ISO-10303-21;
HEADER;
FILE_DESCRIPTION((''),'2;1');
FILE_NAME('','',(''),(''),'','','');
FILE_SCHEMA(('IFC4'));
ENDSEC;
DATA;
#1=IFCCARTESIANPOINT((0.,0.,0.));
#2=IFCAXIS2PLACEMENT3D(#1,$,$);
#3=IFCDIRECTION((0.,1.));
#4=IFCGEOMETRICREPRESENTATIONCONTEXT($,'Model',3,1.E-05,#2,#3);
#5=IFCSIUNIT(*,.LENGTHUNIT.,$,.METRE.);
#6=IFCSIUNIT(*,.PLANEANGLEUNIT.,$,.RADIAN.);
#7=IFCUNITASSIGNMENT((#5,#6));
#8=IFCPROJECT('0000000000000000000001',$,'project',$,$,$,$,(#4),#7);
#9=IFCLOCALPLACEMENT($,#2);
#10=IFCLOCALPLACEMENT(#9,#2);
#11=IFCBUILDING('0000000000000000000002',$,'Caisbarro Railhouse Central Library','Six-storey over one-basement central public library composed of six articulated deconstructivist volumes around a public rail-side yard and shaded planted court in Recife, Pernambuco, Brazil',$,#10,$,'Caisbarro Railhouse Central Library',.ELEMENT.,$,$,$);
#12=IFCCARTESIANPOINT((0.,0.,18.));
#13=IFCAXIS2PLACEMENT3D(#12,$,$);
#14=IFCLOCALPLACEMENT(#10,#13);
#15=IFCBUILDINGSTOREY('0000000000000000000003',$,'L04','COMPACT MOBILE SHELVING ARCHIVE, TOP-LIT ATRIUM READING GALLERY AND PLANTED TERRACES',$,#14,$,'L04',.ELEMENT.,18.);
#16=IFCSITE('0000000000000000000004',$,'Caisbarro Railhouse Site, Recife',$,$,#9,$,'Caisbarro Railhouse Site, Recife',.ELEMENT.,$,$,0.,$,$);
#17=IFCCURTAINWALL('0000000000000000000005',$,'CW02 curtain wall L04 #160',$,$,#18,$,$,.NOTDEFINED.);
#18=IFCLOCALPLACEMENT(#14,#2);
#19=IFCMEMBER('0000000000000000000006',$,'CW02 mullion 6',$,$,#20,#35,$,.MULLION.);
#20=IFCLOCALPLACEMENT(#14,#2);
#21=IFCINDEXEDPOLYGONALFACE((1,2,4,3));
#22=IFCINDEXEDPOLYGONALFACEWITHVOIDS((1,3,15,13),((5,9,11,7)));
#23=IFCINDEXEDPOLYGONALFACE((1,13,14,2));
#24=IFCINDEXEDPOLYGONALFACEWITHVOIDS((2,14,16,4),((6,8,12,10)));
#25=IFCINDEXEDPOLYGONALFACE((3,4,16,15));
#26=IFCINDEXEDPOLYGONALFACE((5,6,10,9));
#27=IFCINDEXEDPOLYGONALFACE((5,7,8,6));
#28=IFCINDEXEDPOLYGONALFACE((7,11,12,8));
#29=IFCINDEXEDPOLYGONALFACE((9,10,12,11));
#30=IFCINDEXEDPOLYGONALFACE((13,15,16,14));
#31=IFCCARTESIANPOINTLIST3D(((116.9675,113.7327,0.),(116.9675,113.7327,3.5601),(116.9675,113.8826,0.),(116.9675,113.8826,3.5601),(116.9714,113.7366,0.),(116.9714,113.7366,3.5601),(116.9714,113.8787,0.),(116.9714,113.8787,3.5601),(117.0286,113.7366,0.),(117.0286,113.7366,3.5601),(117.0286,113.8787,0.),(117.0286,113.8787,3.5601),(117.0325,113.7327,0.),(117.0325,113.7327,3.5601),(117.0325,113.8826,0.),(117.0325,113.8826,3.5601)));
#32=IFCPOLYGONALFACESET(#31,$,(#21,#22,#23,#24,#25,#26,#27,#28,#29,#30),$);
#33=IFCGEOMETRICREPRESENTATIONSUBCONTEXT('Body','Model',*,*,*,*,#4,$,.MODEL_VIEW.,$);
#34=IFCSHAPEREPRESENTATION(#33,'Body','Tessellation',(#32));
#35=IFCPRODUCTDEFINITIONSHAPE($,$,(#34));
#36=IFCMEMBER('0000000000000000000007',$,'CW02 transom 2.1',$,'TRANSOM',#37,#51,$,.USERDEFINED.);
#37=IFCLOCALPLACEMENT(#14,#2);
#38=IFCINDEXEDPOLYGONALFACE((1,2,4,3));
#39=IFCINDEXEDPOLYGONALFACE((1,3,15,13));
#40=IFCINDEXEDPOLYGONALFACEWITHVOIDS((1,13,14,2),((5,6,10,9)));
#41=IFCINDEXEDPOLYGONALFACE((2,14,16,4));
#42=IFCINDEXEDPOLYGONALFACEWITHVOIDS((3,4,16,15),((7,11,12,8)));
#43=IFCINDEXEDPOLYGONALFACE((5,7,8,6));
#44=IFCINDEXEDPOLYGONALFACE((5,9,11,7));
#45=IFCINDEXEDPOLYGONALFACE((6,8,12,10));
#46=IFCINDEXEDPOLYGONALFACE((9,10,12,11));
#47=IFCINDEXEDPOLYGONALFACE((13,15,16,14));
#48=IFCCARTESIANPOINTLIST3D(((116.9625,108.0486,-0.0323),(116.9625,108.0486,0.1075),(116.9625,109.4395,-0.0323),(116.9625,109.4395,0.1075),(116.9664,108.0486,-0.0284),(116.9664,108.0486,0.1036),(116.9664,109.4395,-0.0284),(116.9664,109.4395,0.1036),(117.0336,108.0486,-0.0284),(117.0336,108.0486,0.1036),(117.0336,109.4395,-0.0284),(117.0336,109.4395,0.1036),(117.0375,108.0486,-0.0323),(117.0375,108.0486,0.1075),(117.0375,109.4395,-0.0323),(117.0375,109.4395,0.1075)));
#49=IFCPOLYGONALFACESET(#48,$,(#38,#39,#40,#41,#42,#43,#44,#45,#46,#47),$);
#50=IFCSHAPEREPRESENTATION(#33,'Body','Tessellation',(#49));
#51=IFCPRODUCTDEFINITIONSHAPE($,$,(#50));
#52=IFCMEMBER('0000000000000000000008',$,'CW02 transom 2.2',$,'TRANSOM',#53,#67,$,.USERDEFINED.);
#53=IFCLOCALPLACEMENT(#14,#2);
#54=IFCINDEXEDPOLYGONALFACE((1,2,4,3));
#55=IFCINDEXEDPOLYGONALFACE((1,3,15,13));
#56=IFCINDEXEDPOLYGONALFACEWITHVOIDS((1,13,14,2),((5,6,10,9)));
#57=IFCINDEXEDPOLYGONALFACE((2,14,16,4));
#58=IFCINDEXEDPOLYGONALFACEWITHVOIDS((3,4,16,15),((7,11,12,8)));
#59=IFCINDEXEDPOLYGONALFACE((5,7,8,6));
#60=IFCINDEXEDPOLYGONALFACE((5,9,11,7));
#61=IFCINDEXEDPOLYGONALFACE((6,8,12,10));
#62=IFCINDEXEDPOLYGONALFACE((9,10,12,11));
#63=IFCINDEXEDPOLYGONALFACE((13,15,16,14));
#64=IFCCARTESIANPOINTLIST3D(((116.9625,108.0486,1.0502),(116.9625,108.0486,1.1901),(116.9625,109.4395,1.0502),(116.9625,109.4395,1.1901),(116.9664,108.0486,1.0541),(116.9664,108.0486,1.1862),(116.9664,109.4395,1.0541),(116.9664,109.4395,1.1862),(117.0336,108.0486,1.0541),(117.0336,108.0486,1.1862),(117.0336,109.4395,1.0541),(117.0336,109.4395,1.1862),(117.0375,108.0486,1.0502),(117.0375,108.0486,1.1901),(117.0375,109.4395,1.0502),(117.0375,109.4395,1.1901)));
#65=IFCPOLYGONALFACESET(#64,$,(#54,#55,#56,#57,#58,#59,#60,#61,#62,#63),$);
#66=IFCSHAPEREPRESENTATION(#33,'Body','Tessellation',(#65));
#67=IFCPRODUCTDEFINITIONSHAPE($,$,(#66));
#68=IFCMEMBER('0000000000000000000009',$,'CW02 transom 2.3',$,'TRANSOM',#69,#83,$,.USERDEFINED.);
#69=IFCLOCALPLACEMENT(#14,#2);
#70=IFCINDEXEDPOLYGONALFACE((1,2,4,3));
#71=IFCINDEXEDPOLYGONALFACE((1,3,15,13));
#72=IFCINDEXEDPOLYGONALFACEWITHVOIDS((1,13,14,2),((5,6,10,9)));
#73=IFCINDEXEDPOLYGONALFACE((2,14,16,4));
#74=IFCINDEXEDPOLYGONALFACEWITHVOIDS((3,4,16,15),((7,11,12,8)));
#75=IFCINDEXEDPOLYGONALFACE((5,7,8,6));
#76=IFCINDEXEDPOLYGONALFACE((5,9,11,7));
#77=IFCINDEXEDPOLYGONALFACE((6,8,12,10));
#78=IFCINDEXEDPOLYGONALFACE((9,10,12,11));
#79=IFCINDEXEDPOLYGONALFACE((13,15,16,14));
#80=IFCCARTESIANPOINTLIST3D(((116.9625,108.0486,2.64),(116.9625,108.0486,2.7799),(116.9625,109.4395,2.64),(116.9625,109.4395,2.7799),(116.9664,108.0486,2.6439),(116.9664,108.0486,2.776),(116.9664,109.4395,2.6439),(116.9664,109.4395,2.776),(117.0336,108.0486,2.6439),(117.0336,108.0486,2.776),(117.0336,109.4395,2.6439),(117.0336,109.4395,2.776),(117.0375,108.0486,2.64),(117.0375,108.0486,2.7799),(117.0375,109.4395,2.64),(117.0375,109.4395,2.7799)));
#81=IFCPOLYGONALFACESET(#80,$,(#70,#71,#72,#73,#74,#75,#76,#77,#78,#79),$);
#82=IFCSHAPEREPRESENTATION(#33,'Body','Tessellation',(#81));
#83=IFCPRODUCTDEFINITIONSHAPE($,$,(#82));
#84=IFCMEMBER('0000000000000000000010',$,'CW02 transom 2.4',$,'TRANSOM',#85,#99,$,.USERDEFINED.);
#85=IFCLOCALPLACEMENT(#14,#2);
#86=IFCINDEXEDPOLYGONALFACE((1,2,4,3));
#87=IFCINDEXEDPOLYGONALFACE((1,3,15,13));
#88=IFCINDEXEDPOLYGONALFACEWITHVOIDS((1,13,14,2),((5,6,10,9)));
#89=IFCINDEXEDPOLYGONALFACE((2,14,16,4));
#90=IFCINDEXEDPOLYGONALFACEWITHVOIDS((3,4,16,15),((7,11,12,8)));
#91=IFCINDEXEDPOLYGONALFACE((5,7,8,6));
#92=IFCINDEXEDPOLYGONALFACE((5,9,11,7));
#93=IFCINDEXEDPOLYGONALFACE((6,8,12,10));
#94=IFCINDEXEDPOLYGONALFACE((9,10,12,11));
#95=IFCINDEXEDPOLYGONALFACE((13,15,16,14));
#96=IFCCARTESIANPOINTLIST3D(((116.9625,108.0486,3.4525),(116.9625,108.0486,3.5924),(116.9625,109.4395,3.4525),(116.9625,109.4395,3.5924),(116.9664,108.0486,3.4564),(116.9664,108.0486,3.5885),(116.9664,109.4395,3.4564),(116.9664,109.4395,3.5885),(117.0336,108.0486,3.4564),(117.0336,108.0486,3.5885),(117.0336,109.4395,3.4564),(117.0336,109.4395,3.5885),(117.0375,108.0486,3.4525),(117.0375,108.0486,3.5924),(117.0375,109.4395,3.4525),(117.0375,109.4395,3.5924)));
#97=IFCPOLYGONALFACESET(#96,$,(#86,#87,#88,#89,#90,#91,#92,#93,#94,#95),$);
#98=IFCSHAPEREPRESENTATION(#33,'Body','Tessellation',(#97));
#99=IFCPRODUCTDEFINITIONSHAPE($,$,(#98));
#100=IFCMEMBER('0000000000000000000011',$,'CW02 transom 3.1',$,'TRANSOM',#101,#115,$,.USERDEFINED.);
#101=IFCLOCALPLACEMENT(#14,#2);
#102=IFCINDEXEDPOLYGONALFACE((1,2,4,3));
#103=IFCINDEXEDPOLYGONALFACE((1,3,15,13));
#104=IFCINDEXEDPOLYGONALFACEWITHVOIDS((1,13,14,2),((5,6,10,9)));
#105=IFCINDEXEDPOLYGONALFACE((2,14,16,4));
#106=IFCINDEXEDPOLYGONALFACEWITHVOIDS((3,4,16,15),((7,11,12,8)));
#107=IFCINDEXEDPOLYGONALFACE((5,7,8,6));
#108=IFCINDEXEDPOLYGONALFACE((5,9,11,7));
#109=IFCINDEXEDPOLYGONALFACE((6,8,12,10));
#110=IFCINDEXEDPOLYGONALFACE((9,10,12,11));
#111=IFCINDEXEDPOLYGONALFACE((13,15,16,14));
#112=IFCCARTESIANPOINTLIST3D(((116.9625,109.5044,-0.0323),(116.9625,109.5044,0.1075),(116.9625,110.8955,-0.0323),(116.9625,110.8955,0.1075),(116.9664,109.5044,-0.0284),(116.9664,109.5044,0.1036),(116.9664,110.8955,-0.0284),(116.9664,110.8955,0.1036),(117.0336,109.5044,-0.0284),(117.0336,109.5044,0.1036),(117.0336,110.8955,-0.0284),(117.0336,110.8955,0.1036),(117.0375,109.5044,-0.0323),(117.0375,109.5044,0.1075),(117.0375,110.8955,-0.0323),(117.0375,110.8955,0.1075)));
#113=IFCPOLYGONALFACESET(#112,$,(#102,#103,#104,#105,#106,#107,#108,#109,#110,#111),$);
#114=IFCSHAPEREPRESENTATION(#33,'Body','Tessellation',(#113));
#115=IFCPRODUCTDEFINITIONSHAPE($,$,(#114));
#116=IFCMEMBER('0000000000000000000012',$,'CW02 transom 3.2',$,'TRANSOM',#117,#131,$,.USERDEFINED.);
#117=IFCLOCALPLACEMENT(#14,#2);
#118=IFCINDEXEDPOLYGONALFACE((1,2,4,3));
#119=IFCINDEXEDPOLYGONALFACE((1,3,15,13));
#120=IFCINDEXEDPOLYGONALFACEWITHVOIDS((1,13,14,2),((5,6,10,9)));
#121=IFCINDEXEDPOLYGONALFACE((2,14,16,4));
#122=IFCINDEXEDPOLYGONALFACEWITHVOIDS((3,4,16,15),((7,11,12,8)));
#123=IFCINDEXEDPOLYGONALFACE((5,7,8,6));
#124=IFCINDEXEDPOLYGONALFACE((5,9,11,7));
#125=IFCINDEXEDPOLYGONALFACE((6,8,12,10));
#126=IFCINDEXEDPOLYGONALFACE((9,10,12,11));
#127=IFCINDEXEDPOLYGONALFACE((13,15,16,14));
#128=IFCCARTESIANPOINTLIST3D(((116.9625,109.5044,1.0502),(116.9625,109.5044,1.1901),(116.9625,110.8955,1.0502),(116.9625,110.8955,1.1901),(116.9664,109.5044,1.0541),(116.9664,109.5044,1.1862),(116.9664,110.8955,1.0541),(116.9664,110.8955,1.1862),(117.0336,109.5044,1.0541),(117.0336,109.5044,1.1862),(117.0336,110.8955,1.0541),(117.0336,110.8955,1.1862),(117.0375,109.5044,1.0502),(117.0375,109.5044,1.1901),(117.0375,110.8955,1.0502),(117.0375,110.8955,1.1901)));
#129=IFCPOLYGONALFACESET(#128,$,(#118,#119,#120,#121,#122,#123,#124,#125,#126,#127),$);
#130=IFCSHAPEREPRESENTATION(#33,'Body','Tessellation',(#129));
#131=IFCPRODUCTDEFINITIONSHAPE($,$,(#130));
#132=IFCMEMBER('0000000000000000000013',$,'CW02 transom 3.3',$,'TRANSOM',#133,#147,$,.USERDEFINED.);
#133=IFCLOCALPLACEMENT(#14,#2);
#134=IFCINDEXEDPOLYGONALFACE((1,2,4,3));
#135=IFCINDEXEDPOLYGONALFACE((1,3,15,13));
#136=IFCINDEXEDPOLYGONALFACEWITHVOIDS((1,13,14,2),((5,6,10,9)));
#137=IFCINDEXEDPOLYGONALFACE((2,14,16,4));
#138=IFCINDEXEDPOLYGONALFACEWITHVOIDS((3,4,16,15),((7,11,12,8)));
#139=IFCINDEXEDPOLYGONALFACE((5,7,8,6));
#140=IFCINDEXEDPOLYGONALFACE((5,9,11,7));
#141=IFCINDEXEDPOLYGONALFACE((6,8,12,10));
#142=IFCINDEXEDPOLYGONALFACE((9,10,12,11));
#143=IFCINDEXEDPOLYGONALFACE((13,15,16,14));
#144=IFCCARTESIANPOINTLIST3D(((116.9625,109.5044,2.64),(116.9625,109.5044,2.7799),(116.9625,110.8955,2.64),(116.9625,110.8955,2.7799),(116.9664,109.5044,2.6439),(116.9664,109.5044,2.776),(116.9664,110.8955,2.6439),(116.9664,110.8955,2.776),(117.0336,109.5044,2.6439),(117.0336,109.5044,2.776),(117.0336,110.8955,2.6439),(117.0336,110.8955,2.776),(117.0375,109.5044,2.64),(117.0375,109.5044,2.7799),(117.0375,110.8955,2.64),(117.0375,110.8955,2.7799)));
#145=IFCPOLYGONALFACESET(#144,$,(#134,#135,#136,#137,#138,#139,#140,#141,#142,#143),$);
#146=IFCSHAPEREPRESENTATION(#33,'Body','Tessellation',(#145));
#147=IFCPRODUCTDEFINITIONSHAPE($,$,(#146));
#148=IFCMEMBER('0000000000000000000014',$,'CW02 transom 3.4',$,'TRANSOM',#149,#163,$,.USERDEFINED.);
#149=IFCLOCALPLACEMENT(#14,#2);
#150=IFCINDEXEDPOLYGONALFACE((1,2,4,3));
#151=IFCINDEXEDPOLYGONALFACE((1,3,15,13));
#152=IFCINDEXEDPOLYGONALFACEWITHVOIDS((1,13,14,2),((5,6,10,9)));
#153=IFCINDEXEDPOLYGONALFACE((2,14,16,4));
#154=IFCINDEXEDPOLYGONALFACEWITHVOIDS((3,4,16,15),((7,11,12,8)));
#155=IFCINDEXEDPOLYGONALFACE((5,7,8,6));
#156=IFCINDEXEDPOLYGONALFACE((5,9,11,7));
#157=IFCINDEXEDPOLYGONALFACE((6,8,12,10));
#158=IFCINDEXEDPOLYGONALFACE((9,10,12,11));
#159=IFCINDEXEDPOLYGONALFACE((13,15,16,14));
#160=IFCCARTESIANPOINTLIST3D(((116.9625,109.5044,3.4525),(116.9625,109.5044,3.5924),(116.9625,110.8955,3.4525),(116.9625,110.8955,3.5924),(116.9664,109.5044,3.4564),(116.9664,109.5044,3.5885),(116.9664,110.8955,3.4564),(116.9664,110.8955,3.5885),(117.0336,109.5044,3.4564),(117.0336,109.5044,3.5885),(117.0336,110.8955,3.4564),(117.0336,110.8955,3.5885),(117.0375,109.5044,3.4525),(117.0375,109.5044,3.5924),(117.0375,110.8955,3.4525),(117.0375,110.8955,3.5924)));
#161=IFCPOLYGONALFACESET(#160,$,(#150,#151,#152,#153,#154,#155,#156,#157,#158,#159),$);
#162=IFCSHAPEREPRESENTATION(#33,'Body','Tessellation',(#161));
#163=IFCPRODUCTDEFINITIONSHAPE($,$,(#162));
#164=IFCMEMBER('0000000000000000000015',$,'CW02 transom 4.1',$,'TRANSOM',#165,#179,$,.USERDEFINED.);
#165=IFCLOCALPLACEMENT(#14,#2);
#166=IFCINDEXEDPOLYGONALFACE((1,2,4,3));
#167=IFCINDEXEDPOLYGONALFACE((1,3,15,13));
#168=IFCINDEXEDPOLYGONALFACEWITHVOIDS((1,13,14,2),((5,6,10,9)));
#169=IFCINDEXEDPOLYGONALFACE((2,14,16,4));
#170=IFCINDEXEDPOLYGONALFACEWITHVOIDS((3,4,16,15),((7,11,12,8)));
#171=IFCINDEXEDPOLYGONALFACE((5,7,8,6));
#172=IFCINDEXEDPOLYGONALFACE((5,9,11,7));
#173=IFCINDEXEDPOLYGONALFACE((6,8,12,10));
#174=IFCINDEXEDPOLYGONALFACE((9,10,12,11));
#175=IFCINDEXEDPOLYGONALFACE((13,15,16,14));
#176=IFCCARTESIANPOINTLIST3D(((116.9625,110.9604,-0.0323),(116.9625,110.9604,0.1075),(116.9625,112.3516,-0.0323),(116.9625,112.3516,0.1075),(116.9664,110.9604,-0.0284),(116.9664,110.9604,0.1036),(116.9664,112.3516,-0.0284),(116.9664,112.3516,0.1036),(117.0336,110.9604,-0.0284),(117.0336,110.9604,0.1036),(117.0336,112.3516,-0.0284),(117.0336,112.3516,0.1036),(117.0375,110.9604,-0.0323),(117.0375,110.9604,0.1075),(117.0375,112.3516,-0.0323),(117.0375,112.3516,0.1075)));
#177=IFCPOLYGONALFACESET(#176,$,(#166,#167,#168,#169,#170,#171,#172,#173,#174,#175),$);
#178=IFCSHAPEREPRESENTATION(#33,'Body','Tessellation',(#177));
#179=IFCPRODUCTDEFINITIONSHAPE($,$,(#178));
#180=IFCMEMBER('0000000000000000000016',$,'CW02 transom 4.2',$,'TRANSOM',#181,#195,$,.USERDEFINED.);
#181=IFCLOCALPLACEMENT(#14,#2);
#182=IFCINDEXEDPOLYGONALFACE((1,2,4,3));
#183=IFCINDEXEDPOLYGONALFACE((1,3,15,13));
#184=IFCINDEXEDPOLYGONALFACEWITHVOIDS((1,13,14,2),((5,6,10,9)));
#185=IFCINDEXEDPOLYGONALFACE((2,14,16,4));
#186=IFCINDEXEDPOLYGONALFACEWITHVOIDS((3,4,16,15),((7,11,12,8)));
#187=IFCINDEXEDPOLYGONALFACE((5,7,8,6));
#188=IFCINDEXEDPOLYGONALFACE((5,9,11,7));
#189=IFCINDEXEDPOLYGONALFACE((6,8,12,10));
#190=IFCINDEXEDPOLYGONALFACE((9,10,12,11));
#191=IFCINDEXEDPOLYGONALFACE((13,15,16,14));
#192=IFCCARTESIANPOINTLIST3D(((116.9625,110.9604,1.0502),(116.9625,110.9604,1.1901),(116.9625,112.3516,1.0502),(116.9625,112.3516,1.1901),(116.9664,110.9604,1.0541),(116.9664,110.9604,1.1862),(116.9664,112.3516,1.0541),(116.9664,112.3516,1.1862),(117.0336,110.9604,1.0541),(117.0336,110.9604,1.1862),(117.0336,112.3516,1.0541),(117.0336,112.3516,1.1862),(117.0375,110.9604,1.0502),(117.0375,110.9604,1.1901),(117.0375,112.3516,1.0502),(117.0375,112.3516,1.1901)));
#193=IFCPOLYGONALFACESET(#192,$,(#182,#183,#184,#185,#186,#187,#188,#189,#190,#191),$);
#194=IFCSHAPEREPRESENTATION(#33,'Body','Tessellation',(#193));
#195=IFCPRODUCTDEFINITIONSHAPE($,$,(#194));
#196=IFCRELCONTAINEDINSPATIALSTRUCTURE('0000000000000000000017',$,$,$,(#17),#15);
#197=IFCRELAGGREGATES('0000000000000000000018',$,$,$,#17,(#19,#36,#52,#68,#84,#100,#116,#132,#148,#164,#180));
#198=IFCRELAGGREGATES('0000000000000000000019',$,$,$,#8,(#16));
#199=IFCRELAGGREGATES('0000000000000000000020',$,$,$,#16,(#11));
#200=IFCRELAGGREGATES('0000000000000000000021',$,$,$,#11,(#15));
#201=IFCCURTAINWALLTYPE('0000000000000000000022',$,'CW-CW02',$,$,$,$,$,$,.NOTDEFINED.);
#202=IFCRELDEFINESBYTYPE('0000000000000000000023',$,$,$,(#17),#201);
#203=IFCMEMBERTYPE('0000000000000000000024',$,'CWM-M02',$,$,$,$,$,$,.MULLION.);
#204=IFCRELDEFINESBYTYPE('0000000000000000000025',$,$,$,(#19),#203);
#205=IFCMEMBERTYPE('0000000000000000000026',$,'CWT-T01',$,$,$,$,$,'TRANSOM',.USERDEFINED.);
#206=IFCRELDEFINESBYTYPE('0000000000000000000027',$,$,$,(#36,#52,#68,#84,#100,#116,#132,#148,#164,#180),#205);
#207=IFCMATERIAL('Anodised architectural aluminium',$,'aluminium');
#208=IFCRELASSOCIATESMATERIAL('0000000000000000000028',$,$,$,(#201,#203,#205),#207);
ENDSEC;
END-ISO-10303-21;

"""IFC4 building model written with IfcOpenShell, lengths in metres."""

from ifc_helpers import new_model, si_unit, direction, frame, origin, origin_2d, place, context, subcontext, project, spatial, hollow_rectangle, extrude, material, material_profile, profile_set, type_object, element, aggregate, save


model = new_model("IFC4")

# Units and contexts
model_context = context("Model", 3, precision=1e-05, world=origin(), true_north=direction((0.0, 1.0)))
body_context = subcontext(model_context, "Body", "Model", "MODEL_VIEW")
ifc_project = project(units=[si_unit("LENGTHUNIT", "METRE"), si_unit("PLANEANGLEUNIT", "RADIAN")], contexts=[model_context])

# Site, building, storey
site_placement = place(None, origin())
site = spatial("IfcSite", under=ifc_project, at=site_placement, Name="Caisbarro Railhouse Site, Recife", LongName="Caisbarro Railhouse Site, Recife", CompositionType="ELEMENT", RefElevation=0.0)
building_placement = place(site_placement, origin())
building = spatial("IfcBuilding", under=site, at=building_placement, Name="Caisbarro Railhouse Central Library", Description="Six-storey over one-basement central public library composed of six articulated deconstructivist volumes around a public rail-side yard and shaded planted court in Recife, Pernambuco, Brazil", LongName="Caisbarro Railhouse Central Library", CompositionType="ELEMENT")
storey_placement = place(building_placement, frame((0.0, 0.0, 18.0)))
storey = spatial("IfcBuildingStorey", under=building, at=storey_placement, Name="L04", Description="COMPACT MOBILE SHELVING ARCHIVE, TOP-LIT ATRIUM READING GALLERY AND PLANTED TERRACES", LongName="L04", CompositionType="ELEMENT", Elevation=18.0)

# Curtain wall, members
ifc_material_1 = material(Name="Anodised architectural aluminium", Category="aluminium")
curtain_wall_type = type_object("IfcCurtainWallType", Name="CW-CW02", PredefinedType="NOTDEFINED", material=ifc_material_1)
curtain_wall_placement = place(storey_placement, origin())
curtain_wall = element("IfcCurtainWall", 1, at=curtain_wall_placement, inside=storey, type_object=curtain_wall_type, Name="CW02 curtain wall L04 #160", PredefinedType="NOTDEFINED")
ifc_material_profile_1 = material_profile(ifc_material_1, hollow_rectangle(XDim=0.0649, YDim=0.1499, WallThickness=0.0039, at=origin_2d()), Name="ALU-MUL-65X150")
ifc_profile_set_1 = profile_set([ifc_material_profile_1], Name="Anodised architectural aluminium")
member_type_1 = type_object("IfcMemberType", Name="CWM-M02", PredefinedType="MULLION", material=ifc_profile_set_1)
member_1_placement = place(storey_placement, frame((117.0, 113.8076, 0.0), z_axis=(0.0, 0.0, 1.0), x_axis=(-1.0, 0.0, 0.0)))
member_1 = element("IfcMember", 2, at=member_1_placement, type_object=member_type_1, Name="CW02 mullion 6", PredefinedType="MULLION", context=body_context, shape_type="SweptSolid", body=[
    extrude(hollow_rectangle(XDim=0.0649, YDim=0.1499, WallThickness=0.0039, at=origin_2d()), origin(), (0.0, 0.0, 1.0), 3.5601),
])
ifc_material_profile_2 = material_profile(ifc_material_1, hollow_rectangle(XDim=0.075, YDim=0.1399, WallThickness=0.0039, at=origin_2d()), Name="ALU-TRN-75X140")
ifc_profile_set_2 = profile_set([ifc_material_profile_2], Name="Anodised architectural aluminium")
member_type_2 = type_object("IfcMemberType", Name="CWT-T01", ElementType="TRANSOM", PredefinedType="USERDEFINED", material=ifc_profile_set_2)
member_2_placement = place(storey_placement, frame((117.0, 108.0486, 0.0376), z_axis=(0.0, 1.0, 0.0), x_axis=(-1.0, 0.0, 0.0)))
member_2 = element("IfcMember", 3, at=member_2_placement, type_object=member_type_2, Name="CW02 transom 2.1", ObjectType="TRANSOM", PredefinedType="USERDEFINED", context=body_context, shape_type="SweptSolid", body=[
    extrude(hollow_rectangle(XDim=0.075, YDim=0.1399, WallThickness=0.0039, at=origin_2d()), origin(), (0.0, 0.0, 1.0), 1.3909),
])
member_3_placement = place(storey_placement, frame((117.0, 108.0486, 1.1201), z_axis=(0.0, 1.0, 0.0), x_axis=(-1.0, 0.0, 0.0)))
member_3 = element("IfcMember", 4, at=member_3_placement, type_object=member_type_2, Name="CW02 transom 2.2", ObjectType="TRANSOM", PredefinedType="USERDEFINED", context=body_context, shape_type="SweptSolid", body=[
    extrude(hollow_rectangle(XDim=0.075, YDim=0.1399, WallThickness=0.0039, at=origin_2d()), origin(), (0.0, 0.0, 1.0), 1.3909),
])
member_4_placement = place(storey_placement, frame((117.0, 108.0486, 2.71), z_axis=(0.0, 1.0, 0.0), x_axis=(-1.0, 0.0, 0.0)))
member_4 = element("IfcMember", 5, at=member_4_placement, type_object=member_type_2, Name="CW02 transom 2.3", ObjectType="TRANSOM", PredefinedType="USERDEFINED", context=body_context, shape_type="SweptSolid", body=[
    extrude(hollow_rectangle(XDim=0.075, YDim=0.1399, WallThickness=0.0039, at=origin_2d()), origin(), (0.0, 0.0, 1.0), 1.3909),
])
member_5_placement = place(storey_placement, frame((117.0, 108.0486, 3.5225), z_axis=(0.0, 1.0, 0.0), x_axis=(-1.0, 0.0, 0.0)))
member_5 = element("IfcMember", 6, at=member_5_placement, type_object=member_type_2, Name="CW02 transom 2.4", ObjectType="TRANSOM", PredefinedType="USERDEFINED", context=body_context, shape_type="SweptSolid", body=[
    extrude(hollow_rectangle(XDim=0.075, YDim=0.1399, WallThickness=0.0039, at=origin_2d()), origin(), (0.0, 0.0, 1.0), 1.3909),
])
member_6_placement = place(storey_placement, frame((117.0, 109.5044, 0.0376), z_axis=(0.0, 1.0, 0.0), x_axis=(-1.0, 0.0, 0.0)))
member_6 = element("IfcMember", 7, at=member_6_placement, type_object=member_type_2, Name="CW02 transom 3.1", ObjectType="TRANSOM", PredefinedType="USERDEFINED", context=body_context, shape_type="SweptSolid", body=[
    extrude(hollow_rectangle(XDim=0.075, YDim=0.1399, WallThickness=0.0039, at=origin_2d()), origin(), (0.0, 0.0, 1.0), 1.3911),
])
member_7_placement = place(storey_placement, frame((117.0, 109.5044, 1.1201), z_axis=(0.0, 1.0, 0.0), x_axis=(-1.0, 0.0, 0.0)))
member_7 = element("IfcMember", 8, at=member_7_placement, type_object=member_type_2, Name="CW02 transom 3.2", ObjectType="TRANSOM", PredefinedType="USERDEFINED", context=body_context, shape_type="SweptSolid", body=[
    extrude(hollow_rectangle(XDim=0.075, YDim=0.1399, WallThickness=0.0039, at=origin_2d()), origin(), (0.0, 0.0, 1.0), 1.3911),
])
member_8_placement = place(storey_placement, frame((117.0, 109.5044, 2.71), z_axis=(0.0, 1.0, 0.0), x_axis=(-1.0, 0.0, 0.0)))
member_8 = element("IfcMember", 9, at=member_8_placement, type_object=member_type_2, Name="CW02 transom 3.3", ObjectType="TRANSOM", PredefinedType="USERDEFINED", context=body_context, shape_type="SweptSolid", body=[
    extrude(hollow_rectangle(XDim=0.075, YDim=0.1399, WallThickness=0.0039, at=origin_2d()), origin(), (0.0, 0.0, 1.0), 1.3911),
])
member_9_placement = place(storey_placement, frame((117.0, 109.5044, 3.5225), z_axis=(0.0, 1.0, 0.0), x_axis=(-1.0, 0.0, 0.0)))
member_9 = element("IfcMember", 10, at=member_9_placement, type_object=member_type_2, Name="CW02 transom 3.4", ObjectType="TRANSOM", PredefinedType="USERDEFINED", context=body_context, shape_type="SweptSolid", body=[
    extrude(hollow_rectangle(XDim=0.075, YDim=0.1399, WallThickness=0.0039, at=origin_2d()), origin(), (0.0, 0.0, 1.0), 1.3911),
])
member_10_placement = place(storey_placement, frame((117.0, 110.9604, 0.0376), z_axis=(0.0, 1.0, 0.0), x_axis=(-1.0, 0.0, 0.0)))
member_10 = element("IfcMember", 11, at=member_10_placement, type_object=member_type_2, Name="CW02 transom 4.1", ObjectType="TRANSOM", PredefinedType="USERDEFINED", context=body_context, shape_type="SweptSolid", body=[
    extrude(hollow_rectangle(XDim=0.075, YDim=0.1399, WallThickness=0.0039, at=origin_2d()), origin(), (0.0, 0.0, 1.0), 1.3911),
])
member_11_placement = place(storey_placement, frame((117.0, 110.9604, 1.1201), z_axis=(0.0, 1.0, 0.0), x_axis=(-1.0, 0.0, 0.0)))
member_11 = element("IfcMember", 12, at=member_11_placement, type_object=member_type_2, Name="CW02 transom 4.2", ObjectType="TRANSOM", PredefinedType="USERDEFINED", context=body_context, shape_type="SweptSolid", body=[
    extrude(hollow_rectangle(XDim=0.075, YDim=0.1399, WallThickness=0.0039, at=origin_2d()), origin(), (0.0, 0.0, 1.0), 1.3911),
])
aggregate(curtain_wall, [member_1, member_2, member_3, member_4, member_5, member_6, member_7, member_8, member_9, member_10, member_11])

save(model, "model.ifc")
